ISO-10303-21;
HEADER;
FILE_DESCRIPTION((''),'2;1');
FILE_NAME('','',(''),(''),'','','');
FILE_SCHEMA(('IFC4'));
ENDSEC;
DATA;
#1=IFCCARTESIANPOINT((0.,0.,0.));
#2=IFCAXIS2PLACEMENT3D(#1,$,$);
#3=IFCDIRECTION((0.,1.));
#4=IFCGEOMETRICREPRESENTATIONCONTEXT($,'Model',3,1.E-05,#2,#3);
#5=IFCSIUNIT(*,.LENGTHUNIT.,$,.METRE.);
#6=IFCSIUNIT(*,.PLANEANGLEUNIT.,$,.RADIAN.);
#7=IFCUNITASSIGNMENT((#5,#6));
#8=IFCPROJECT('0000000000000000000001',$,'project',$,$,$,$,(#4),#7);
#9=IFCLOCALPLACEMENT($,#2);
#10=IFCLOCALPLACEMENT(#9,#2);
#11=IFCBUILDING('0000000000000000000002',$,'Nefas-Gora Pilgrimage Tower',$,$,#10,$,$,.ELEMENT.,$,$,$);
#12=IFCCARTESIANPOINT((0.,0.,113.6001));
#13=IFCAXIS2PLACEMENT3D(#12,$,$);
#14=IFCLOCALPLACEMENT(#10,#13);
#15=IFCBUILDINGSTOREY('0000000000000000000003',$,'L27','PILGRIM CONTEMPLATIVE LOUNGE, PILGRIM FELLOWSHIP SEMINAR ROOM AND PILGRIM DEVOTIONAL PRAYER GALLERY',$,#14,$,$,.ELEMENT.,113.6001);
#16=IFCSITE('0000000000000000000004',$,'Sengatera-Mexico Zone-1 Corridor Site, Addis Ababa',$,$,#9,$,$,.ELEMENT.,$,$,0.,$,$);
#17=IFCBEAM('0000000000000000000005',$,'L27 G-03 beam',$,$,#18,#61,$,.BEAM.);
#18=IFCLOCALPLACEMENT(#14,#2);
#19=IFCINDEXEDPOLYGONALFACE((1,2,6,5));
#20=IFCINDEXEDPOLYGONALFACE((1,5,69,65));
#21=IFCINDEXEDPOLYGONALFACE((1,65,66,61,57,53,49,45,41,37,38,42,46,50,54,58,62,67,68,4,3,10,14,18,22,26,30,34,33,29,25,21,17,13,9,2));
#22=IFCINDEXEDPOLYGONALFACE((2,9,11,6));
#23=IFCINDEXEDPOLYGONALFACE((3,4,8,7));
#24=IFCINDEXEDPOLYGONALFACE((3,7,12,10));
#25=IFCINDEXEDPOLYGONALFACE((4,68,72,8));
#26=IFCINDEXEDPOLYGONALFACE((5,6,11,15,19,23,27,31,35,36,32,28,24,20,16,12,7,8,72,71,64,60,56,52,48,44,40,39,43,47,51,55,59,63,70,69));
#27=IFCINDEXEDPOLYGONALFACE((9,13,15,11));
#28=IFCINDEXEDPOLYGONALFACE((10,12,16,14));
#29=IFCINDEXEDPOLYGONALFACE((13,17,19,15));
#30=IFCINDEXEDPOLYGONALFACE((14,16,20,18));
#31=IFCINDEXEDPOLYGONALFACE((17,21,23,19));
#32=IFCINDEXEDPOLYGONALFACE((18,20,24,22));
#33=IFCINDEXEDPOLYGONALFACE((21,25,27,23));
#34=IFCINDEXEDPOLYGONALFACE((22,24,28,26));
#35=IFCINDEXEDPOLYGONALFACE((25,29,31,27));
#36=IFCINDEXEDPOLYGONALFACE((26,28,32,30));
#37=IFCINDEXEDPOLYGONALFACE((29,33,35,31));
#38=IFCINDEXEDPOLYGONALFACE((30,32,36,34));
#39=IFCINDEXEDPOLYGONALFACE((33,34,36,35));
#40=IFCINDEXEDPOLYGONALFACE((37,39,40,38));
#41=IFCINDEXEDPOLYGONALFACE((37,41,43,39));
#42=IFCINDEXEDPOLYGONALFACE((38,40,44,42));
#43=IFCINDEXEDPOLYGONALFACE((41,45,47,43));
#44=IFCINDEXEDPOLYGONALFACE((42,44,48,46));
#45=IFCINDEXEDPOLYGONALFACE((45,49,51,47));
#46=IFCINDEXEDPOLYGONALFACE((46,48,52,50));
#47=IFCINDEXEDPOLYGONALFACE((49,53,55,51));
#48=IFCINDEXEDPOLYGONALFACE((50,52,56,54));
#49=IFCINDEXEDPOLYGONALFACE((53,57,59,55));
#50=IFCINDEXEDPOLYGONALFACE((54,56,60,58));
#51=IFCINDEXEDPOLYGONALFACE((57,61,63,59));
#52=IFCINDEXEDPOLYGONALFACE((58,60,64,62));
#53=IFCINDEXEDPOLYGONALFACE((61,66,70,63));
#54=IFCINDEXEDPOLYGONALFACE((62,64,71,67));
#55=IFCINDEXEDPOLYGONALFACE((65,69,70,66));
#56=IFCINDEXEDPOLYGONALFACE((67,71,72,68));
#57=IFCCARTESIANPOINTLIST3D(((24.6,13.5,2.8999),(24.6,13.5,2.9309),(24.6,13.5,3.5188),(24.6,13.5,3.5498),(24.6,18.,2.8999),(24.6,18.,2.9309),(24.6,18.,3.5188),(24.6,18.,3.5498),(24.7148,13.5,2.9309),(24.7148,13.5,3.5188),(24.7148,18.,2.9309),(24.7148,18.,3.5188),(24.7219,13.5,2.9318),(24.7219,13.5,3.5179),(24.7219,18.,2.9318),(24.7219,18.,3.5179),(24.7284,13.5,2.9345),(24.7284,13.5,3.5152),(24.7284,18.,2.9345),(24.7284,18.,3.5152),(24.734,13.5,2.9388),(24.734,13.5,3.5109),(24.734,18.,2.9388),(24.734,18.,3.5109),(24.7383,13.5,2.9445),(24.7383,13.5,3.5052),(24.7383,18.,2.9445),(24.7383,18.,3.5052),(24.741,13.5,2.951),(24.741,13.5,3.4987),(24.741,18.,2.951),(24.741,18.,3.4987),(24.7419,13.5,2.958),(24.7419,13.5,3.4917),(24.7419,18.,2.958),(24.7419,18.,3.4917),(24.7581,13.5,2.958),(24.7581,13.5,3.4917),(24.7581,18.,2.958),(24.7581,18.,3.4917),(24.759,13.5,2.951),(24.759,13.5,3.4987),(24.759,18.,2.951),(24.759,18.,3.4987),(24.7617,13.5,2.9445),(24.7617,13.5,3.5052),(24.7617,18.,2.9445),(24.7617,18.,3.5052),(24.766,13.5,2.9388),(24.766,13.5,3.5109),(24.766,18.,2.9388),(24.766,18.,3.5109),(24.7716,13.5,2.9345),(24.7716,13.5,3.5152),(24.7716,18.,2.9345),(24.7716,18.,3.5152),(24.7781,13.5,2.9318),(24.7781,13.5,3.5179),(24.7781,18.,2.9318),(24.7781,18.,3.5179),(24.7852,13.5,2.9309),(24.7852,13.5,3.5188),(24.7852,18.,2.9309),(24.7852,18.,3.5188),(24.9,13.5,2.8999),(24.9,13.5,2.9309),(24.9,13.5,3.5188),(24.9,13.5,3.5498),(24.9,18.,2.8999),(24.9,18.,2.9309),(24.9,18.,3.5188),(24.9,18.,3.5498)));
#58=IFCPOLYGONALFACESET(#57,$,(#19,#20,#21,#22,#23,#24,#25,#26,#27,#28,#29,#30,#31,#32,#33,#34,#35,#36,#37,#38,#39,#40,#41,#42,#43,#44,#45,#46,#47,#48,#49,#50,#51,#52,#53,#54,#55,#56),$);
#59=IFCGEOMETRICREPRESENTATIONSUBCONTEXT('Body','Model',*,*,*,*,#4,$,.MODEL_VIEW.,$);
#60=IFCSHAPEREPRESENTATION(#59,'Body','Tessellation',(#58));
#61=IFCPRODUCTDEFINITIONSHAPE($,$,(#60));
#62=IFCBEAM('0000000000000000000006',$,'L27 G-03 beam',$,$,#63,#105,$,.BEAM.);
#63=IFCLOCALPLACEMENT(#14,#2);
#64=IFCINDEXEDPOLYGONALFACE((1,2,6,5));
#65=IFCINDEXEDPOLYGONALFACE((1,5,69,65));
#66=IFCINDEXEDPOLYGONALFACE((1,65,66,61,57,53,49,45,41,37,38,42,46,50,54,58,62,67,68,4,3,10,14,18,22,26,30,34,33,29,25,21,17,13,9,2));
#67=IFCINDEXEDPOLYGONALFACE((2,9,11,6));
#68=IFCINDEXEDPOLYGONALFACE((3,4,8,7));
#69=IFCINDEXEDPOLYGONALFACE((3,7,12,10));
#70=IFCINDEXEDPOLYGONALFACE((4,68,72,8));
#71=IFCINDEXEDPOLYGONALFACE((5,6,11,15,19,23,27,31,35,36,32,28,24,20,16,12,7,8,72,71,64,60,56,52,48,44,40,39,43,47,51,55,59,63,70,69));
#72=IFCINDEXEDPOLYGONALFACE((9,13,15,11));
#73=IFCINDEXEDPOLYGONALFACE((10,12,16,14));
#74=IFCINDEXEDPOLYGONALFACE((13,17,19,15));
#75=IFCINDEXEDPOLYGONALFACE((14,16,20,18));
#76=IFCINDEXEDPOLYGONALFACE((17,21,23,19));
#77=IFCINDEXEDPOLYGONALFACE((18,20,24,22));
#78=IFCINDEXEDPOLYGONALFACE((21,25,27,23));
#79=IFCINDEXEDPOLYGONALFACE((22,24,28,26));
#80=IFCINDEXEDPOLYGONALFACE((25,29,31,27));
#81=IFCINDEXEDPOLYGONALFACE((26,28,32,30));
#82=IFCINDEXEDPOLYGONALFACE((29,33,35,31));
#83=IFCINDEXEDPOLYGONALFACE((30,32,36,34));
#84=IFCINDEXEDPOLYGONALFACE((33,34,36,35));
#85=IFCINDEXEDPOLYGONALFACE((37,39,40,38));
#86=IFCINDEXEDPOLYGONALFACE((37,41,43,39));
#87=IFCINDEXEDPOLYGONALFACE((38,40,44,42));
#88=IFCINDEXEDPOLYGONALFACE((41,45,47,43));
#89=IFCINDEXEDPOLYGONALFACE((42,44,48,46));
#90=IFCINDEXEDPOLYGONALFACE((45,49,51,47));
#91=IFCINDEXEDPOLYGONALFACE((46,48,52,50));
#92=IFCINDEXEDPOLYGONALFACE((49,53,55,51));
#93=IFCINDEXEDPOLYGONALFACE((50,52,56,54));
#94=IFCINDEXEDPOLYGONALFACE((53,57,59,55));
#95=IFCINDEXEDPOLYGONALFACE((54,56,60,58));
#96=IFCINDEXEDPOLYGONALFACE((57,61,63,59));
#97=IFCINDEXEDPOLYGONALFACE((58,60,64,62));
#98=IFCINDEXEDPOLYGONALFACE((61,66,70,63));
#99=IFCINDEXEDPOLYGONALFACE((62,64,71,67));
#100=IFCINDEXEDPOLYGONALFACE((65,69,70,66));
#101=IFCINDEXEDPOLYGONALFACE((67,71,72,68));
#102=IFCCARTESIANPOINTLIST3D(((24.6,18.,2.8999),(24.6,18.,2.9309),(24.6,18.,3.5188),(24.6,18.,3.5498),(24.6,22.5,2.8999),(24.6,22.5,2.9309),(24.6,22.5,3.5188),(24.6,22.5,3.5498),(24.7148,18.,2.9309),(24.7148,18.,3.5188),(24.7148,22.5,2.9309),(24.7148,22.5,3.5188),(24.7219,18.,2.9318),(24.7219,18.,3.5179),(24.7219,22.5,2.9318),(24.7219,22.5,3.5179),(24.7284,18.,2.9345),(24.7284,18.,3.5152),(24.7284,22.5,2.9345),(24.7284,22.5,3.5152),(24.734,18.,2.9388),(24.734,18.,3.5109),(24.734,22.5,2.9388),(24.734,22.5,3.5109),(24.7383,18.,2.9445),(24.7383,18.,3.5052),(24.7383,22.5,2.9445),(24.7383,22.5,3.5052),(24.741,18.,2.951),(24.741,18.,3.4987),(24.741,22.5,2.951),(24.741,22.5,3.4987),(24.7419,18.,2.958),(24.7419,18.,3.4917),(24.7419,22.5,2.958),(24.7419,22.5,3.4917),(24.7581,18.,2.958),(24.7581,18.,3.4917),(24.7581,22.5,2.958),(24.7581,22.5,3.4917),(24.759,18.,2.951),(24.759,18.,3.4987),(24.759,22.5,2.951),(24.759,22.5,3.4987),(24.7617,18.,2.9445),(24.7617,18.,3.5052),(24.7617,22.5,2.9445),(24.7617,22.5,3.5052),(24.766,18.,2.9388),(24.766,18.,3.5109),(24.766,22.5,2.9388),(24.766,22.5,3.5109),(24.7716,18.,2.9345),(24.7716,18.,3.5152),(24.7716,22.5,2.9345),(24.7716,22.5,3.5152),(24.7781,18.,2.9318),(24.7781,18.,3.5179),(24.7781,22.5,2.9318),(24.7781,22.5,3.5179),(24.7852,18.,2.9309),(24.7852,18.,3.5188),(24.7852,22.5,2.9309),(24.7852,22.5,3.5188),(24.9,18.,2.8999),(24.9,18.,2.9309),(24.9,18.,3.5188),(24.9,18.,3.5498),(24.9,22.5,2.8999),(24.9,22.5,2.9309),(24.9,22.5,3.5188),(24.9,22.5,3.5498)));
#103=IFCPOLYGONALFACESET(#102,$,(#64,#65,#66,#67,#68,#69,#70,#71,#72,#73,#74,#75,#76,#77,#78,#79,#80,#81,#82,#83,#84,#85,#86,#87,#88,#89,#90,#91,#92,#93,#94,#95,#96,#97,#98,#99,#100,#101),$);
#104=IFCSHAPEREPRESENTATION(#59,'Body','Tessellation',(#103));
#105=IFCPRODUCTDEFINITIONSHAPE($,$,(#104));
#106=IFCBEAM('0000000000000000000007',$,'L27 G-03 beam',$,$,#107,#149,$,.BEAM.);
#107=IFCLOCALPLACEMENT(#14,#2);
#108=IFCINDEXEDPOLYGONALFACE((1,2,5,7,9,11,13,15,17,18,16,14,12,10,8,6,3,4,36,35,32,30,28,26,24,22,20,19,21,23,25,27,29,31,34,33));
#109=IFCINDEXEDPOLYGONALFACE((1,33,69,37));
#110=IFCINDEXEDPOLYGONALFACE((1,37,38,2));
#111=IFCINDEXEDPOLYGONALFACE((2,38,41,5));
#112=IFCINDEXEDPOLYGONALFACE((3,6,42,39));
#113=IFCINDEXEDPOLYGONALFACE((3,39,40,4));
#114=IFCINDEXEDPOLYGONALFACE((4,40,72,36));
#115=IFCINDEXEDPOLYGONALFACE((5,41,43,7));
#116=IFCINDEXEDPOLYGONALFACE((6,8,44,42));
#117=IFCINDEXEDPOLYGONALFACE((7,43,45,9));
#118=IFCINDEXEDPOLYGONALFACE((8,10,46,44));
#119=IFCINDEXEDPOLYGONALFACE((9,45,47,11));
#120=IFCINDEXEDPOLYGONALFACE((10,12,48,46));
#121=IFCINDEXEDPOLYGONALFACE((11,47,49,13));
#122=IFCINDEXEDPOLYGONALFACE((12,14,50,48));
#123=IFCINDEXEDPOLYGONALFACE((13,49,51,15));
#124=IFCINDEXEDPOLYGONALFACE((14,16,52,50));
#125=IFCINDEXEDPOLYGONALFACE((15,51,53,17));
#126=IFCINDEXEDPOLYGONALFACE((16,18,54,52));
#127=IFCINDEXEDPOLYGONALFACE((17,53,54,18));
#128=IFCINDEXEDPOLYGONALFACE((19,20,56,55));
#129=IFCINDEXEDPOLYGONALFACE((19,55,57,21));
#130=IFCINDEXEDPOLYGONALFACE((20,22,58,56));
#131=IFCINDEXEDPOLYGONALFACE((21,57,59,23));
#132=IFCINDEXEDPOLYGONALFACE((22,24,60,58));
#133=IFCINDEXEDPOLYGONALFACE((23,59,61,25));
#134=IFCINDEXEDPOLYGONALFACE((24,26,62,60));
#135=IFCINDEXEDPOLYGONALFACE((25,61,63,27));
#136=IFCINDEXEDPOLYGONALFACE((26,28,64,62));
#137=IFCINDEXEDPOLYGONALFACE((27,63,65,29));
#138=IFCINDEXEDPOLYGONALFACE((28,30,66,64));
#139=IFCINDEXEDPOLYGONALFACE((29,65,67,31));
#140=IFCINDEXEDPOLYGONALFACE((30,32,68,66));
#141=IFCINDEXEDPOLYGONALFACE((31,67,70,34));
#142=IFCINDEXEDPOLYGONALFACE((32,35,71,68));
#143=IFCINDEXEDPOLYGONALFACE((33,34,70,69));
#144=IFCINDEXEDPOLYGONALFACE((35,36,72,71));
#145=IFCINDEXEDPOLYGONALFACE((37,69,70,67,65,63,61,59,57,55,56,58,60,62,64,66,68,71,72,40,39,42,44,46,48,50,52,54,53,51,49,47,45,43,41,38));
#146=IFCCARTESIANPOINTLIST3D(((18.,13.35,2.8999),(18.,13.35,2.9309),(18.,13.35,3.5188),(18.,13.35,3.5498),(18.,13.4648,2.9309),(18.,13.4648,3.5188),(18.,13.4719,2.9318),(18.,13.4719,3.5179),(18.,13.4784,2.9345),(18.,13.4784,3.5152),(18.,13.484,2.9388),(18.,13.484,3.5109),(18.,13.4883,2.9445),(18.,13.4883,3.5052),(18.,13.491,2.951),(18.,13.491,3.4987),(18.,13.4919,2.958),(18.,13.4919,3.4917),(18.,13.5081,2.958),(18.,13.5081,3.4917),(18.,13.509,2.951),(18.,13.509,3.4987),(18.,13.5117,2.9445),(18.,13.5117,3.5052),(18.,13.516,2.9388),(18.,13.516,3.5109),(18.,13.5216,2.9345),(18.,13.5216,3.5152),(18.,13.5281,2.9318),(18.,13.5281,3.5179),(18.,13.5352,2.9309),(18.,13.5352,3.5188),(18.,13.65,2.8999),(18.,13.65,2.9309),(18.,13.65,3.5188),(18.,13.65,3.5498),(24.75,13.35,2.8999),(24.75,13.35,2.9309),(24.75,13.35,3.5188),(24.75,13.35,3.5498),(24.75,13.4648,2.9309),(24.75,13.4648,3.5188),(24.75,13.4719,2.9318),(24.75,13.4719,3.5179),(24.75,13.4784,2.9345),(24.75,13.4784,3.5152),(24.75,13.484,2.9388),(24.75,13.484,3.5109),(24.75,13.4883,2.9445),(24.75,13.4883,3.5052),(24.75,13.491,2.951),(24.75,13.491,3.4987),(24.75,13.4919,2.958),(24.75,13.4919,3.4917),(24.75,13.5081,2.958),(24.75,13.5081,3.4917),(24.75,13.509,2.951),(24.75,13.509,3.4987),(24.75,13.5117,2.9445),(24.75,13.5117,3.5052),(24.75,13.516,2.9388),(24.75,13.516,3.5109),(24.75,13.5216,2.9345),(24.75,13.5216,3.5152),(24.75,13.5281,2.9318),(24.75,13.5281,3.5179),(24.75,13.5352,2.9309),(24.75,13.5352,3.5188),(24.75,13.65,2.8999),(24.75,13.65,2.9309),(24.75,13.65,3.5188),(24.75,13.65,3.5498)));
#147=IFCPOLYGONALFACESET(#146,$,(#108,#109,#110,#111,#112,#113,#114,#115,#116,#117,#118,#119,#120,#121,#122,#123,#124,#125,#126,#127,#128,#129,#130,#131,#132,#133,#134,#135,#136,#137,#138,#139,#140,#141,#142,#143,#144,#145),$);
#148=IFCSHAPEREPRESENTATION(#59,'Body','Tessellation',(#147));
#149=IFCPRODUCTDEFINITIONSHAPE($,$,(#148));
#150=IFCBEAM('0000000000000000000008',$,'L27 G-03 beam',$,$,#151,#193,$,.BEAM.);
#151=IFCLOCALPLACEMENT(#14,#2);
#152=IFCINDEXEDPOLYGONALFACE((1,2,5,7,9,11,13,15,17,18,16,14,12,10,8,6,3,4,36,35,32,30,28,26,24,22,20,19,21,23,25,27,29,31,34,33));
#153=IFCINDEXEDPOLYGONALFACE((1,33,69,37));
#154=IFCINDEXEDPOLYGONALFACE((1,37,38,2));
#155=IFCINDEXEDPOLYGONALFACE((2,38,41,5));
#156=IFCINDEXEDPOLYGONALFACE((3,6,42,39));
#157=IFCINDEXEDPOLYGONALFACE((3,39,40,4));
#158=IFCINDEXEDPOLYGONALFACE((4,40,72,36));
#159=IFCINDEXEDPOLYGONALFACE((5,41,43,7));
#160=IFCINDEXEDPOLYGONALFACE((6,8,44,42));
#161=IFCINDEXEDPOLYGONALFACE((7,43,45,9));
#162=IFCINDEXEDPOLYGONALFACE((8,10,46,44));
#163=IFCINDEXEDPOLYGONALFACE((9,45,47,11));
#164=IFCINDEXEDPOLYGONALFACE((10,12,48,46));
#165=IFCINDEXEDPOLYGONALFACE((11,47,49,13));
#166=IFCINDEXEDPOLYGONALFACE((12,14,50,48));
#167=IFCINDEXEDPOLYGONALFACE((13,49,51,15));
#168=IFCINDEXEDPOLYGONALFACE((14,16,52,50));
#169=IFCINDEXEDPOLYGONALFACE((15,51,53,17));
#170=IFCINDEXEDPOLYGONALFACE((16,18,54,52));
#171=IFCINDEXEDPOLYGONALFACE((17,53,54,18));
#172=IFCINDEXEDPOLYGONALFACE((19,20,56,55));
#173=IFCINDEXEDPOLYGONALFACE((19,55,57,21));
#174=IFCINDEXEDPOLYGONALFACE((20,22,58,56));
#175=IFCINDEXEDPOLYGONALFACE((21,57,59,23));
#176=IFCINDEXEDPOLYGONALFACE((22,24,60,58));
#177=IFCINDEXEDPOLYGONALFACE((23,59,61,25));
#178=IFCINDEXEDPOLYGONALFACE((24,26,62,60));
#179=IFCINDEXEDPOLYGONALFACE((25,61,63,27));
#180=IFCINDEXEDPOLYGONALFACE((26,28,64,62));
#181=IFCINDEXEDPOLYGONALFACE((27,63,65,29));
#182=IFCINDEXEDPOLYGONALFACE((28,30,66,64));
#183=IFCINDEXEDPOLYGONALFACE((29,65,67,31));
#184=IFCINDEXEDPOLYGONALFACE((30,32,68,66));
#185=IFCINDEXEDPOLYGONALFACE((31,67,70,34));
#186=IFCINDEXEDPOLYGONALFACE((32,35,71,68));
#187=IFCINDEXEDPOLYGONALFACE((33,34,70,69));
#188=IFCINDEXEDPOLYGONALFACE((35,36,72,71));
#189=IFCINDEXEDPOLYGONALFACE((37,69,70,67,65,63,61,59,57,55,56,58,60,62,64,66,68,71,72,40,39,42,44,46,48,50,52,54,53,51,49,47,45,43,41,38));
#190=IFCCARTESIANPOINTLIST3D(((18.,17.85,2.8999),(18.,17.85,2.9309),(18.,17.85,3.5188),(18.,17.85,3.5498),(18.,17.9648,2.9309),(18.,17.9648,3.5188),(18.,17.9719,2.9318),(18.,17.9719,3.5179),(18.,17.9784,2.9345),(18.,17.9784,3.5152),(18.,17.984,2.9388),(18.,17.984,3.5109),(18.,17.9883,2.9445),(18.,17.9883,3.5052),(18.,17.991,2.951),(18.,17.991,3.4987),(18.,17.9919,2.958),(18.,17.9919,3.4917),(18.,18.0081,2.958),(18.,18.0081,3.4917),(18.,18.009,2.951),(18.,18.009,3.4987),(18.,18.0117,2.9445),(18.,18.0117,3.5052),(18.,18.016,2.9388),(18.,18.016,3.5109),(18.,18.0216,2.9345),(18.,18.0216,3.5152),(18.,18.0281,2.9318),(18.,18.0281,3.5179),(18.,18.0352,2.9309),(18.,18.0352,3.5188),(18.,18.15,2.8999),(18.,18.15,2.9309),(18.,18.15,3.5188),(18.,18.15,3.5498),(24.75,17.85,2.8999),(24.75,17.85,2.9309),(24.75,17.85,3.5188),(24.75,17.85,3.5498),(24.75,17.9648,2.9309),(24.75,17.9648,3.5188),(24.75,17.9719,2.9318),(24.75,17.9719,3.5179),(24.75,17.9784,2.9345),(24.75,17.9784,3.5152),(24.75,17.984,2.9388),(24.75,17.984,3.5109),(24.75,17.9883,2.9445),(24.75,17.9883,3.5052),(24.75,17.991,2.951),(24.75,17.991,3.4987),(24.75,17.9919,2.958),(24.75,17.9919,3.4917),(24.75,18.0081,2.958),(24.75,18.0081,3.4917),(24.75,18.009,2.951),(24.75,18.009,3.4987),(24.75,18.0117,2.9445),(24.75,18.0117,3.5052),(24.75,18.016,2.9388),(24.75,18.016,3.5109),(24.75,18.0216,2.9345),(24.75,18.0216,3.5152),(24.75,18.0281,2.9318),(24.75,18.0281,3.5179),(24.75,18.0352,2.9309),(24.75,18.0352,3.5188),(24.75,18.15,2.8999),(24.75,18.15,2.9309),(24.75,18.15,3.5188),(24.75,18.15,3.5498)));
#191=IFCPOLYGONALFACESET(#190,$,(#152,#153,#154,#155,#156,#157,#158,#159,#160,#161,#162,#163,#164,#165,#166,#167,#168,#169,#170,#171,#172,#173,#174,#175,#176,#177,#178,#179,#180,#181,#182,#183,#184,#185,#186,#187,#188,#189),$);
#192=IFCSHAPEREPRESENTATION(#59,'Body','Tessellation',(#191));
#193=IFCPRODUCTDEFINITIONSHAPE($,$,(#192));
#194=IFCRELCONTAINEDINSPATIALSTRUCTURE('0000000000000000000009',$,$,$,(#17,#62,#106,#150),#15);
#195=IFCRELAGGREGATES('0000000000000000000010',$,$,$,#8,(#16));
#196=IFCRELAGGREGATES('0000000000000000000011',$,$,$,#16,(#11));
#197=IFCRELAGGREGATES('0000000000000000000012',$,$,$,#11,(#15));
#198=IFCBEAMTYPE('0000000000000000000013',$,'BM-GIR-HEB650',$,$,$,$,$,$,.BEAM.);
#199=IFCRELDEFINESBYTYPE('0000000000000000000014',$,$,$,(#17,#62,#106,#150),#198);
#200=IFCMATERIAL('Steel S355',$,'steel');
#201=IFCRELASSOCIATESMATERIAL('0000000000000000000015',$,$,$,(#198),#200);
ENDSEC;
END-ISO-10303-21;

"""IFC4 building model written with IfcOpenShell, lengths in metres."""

from ifc_helpers import new_model, si_unit, direction, frame, origin, origin_2d, place, context, subcontext, project, spatial, i_section, extrude, source, transform, mapped, material, material_profile, profile_set, type_object, element, save


model = new_model("IFC4")

# Units and contexts
model_context = context("Model", 3, precision=1e-05, world=origin(), true_north=direction((0.0, 1.0)))
body_context = subcontext(model_context, "Body", "Model", "MODEL_VIEW")
ifc_project = project(units=[si_unit("LENGTHUNIT", "METRE"), si_unit("PLANEANGLEUNIT", "RADIAN")], contexts=[model_context])

# Site, building, storey
site_placement = place(None, origin())
site = spatial("IfcSite", under=ifc_project, at=site_placement, Name="Sengatera-Mexico Zone-1 Corridor Site, Addis Ababa", CompositionType="ELEMENT", RefElevation=0.0)
building_placement = place(site_placement, origin())
building = spatial("IfcBuilding", under=site, at=building_placement, Name="Nefas-Gora Pilgrimage Tower", CompositionType="ELEMENT")
storey_placement = place(building_placement, frame((0.0, 0.0, 113.6001)))
storey = spatial("IfcBuildingStorey", under=building, at=storey_placement, Name="L27", Description="PILGRIM CONTEMPLATIVE LOUNGE, PILGRIM FELLOWSHIP SEMINAR ROOM AND PILGRIM DEVOTIONAL PRAYER GALLERY", CompositionType="ELEMENT", Elevation=113.6001)

# Beams
ifc_material_1 = material(Name="Steel S355", Category="steel")
ifc_material_profile_1 = material_profile(ifc_material_1, i_section(OverallWidth=0.3, OverallDepth=0.6499, WebThickness=0.0161, FlangeThickness=0.031, FilletRadius=0.0271, at=origin_2d()), Name="HEB 650")
ifc_profile_set_1 = profile_set([ifc_material_profile_1], Name="Steel S355")
beam_type_1 = type_object("IfcBeamType", Name="BM-GIR-HEB650", PredefinedType="BEAM", material=ifc_profile_set_1)
shared_shape_1 = source(origin(), body_context, "Body", "SweptSolid", [
    extrude(i_section(OverallWidth=0.3, OverallDepth=0.6499, WebThickness=0.0161, FlangeThickness=0.031, FilletRadius=0.0271, at=origin_2d()), origin(), (0.0, 0.0, 1.0), 4.5),
])
for number, where, z_axis, x_axis, name in (
    (1, (24.75, 13.5, 3.2249), (0.0, 1.0, 0.0), (-1.0, 0.0, 0.0), "L27 G-03 beam"),
    (2, (24.75, 18.0, 3.2249), (0.0, 1.0, 0.0), (-1.0, 0.0, 0.0), "L27 G-03 beam"),
):
    element("IfcBeam", number, at=place(storey_placement, frame(where, z_axis=z_axis, x_axis=x_axis)), inside=storey, type_object=beam_type_1, Name=name, PredefinedType="BEAM", context=body_context, shape_type="MappedRepresentation", body=[
        mapped(shared_shape_1, transform((0.0, 0.0, 0.0), x_axis=(1.0, 0.0, 0.0), y_axis=(0.0, 1.0, 0.0), z_axis=(0.0, 0.0, 1.0), scale=1.0)),
    ])
shared_shape_2 = source(origin(), body_context, "Body", "SweptSolid", [
    extrude(i_section(OverallWidth=0.3, OverallDepth=0.6499, WebThickness=0.0161, FlangeThickness=0.031, FilletRadius=0.0271, at=origin_2d()), origin(), (0.0, 0.0, 1.0), 6.75),
])
for number, where, z_axis, x_axis, name in (
    (3, (18.0, 13.5, 3.2249), (1.0, 0.0, 0.0), (0.0, 1.0, 0.0), "L27 G-03 beam"),
    (4, (18.0, 18.0, 3.2249), (1.0, 0.0, 0.0), (0.0, 1.0, 0.0), "L27 G-03 beam"),
):
    element("IfcBeam", number, at=place(storey_placement, frame(where, z_axis=z_axis, x_axis=x_axis)), inside=storey, type_object=beam_type_1, Name=name, PredefinedType="BEAM", context=body_context, shape_type="MappedRepresentation", body=[
        mapped(shared_shape_2, transform((0.0, 0.0, 0.0), x_axis=(1.0, 0.0, 0.0), y_axis=(0.0, 1.0, 0.0), z_axis=(0.0, 0.0, 1.0), scale=1.0)),
    ])

save(model, "model.ifc")
